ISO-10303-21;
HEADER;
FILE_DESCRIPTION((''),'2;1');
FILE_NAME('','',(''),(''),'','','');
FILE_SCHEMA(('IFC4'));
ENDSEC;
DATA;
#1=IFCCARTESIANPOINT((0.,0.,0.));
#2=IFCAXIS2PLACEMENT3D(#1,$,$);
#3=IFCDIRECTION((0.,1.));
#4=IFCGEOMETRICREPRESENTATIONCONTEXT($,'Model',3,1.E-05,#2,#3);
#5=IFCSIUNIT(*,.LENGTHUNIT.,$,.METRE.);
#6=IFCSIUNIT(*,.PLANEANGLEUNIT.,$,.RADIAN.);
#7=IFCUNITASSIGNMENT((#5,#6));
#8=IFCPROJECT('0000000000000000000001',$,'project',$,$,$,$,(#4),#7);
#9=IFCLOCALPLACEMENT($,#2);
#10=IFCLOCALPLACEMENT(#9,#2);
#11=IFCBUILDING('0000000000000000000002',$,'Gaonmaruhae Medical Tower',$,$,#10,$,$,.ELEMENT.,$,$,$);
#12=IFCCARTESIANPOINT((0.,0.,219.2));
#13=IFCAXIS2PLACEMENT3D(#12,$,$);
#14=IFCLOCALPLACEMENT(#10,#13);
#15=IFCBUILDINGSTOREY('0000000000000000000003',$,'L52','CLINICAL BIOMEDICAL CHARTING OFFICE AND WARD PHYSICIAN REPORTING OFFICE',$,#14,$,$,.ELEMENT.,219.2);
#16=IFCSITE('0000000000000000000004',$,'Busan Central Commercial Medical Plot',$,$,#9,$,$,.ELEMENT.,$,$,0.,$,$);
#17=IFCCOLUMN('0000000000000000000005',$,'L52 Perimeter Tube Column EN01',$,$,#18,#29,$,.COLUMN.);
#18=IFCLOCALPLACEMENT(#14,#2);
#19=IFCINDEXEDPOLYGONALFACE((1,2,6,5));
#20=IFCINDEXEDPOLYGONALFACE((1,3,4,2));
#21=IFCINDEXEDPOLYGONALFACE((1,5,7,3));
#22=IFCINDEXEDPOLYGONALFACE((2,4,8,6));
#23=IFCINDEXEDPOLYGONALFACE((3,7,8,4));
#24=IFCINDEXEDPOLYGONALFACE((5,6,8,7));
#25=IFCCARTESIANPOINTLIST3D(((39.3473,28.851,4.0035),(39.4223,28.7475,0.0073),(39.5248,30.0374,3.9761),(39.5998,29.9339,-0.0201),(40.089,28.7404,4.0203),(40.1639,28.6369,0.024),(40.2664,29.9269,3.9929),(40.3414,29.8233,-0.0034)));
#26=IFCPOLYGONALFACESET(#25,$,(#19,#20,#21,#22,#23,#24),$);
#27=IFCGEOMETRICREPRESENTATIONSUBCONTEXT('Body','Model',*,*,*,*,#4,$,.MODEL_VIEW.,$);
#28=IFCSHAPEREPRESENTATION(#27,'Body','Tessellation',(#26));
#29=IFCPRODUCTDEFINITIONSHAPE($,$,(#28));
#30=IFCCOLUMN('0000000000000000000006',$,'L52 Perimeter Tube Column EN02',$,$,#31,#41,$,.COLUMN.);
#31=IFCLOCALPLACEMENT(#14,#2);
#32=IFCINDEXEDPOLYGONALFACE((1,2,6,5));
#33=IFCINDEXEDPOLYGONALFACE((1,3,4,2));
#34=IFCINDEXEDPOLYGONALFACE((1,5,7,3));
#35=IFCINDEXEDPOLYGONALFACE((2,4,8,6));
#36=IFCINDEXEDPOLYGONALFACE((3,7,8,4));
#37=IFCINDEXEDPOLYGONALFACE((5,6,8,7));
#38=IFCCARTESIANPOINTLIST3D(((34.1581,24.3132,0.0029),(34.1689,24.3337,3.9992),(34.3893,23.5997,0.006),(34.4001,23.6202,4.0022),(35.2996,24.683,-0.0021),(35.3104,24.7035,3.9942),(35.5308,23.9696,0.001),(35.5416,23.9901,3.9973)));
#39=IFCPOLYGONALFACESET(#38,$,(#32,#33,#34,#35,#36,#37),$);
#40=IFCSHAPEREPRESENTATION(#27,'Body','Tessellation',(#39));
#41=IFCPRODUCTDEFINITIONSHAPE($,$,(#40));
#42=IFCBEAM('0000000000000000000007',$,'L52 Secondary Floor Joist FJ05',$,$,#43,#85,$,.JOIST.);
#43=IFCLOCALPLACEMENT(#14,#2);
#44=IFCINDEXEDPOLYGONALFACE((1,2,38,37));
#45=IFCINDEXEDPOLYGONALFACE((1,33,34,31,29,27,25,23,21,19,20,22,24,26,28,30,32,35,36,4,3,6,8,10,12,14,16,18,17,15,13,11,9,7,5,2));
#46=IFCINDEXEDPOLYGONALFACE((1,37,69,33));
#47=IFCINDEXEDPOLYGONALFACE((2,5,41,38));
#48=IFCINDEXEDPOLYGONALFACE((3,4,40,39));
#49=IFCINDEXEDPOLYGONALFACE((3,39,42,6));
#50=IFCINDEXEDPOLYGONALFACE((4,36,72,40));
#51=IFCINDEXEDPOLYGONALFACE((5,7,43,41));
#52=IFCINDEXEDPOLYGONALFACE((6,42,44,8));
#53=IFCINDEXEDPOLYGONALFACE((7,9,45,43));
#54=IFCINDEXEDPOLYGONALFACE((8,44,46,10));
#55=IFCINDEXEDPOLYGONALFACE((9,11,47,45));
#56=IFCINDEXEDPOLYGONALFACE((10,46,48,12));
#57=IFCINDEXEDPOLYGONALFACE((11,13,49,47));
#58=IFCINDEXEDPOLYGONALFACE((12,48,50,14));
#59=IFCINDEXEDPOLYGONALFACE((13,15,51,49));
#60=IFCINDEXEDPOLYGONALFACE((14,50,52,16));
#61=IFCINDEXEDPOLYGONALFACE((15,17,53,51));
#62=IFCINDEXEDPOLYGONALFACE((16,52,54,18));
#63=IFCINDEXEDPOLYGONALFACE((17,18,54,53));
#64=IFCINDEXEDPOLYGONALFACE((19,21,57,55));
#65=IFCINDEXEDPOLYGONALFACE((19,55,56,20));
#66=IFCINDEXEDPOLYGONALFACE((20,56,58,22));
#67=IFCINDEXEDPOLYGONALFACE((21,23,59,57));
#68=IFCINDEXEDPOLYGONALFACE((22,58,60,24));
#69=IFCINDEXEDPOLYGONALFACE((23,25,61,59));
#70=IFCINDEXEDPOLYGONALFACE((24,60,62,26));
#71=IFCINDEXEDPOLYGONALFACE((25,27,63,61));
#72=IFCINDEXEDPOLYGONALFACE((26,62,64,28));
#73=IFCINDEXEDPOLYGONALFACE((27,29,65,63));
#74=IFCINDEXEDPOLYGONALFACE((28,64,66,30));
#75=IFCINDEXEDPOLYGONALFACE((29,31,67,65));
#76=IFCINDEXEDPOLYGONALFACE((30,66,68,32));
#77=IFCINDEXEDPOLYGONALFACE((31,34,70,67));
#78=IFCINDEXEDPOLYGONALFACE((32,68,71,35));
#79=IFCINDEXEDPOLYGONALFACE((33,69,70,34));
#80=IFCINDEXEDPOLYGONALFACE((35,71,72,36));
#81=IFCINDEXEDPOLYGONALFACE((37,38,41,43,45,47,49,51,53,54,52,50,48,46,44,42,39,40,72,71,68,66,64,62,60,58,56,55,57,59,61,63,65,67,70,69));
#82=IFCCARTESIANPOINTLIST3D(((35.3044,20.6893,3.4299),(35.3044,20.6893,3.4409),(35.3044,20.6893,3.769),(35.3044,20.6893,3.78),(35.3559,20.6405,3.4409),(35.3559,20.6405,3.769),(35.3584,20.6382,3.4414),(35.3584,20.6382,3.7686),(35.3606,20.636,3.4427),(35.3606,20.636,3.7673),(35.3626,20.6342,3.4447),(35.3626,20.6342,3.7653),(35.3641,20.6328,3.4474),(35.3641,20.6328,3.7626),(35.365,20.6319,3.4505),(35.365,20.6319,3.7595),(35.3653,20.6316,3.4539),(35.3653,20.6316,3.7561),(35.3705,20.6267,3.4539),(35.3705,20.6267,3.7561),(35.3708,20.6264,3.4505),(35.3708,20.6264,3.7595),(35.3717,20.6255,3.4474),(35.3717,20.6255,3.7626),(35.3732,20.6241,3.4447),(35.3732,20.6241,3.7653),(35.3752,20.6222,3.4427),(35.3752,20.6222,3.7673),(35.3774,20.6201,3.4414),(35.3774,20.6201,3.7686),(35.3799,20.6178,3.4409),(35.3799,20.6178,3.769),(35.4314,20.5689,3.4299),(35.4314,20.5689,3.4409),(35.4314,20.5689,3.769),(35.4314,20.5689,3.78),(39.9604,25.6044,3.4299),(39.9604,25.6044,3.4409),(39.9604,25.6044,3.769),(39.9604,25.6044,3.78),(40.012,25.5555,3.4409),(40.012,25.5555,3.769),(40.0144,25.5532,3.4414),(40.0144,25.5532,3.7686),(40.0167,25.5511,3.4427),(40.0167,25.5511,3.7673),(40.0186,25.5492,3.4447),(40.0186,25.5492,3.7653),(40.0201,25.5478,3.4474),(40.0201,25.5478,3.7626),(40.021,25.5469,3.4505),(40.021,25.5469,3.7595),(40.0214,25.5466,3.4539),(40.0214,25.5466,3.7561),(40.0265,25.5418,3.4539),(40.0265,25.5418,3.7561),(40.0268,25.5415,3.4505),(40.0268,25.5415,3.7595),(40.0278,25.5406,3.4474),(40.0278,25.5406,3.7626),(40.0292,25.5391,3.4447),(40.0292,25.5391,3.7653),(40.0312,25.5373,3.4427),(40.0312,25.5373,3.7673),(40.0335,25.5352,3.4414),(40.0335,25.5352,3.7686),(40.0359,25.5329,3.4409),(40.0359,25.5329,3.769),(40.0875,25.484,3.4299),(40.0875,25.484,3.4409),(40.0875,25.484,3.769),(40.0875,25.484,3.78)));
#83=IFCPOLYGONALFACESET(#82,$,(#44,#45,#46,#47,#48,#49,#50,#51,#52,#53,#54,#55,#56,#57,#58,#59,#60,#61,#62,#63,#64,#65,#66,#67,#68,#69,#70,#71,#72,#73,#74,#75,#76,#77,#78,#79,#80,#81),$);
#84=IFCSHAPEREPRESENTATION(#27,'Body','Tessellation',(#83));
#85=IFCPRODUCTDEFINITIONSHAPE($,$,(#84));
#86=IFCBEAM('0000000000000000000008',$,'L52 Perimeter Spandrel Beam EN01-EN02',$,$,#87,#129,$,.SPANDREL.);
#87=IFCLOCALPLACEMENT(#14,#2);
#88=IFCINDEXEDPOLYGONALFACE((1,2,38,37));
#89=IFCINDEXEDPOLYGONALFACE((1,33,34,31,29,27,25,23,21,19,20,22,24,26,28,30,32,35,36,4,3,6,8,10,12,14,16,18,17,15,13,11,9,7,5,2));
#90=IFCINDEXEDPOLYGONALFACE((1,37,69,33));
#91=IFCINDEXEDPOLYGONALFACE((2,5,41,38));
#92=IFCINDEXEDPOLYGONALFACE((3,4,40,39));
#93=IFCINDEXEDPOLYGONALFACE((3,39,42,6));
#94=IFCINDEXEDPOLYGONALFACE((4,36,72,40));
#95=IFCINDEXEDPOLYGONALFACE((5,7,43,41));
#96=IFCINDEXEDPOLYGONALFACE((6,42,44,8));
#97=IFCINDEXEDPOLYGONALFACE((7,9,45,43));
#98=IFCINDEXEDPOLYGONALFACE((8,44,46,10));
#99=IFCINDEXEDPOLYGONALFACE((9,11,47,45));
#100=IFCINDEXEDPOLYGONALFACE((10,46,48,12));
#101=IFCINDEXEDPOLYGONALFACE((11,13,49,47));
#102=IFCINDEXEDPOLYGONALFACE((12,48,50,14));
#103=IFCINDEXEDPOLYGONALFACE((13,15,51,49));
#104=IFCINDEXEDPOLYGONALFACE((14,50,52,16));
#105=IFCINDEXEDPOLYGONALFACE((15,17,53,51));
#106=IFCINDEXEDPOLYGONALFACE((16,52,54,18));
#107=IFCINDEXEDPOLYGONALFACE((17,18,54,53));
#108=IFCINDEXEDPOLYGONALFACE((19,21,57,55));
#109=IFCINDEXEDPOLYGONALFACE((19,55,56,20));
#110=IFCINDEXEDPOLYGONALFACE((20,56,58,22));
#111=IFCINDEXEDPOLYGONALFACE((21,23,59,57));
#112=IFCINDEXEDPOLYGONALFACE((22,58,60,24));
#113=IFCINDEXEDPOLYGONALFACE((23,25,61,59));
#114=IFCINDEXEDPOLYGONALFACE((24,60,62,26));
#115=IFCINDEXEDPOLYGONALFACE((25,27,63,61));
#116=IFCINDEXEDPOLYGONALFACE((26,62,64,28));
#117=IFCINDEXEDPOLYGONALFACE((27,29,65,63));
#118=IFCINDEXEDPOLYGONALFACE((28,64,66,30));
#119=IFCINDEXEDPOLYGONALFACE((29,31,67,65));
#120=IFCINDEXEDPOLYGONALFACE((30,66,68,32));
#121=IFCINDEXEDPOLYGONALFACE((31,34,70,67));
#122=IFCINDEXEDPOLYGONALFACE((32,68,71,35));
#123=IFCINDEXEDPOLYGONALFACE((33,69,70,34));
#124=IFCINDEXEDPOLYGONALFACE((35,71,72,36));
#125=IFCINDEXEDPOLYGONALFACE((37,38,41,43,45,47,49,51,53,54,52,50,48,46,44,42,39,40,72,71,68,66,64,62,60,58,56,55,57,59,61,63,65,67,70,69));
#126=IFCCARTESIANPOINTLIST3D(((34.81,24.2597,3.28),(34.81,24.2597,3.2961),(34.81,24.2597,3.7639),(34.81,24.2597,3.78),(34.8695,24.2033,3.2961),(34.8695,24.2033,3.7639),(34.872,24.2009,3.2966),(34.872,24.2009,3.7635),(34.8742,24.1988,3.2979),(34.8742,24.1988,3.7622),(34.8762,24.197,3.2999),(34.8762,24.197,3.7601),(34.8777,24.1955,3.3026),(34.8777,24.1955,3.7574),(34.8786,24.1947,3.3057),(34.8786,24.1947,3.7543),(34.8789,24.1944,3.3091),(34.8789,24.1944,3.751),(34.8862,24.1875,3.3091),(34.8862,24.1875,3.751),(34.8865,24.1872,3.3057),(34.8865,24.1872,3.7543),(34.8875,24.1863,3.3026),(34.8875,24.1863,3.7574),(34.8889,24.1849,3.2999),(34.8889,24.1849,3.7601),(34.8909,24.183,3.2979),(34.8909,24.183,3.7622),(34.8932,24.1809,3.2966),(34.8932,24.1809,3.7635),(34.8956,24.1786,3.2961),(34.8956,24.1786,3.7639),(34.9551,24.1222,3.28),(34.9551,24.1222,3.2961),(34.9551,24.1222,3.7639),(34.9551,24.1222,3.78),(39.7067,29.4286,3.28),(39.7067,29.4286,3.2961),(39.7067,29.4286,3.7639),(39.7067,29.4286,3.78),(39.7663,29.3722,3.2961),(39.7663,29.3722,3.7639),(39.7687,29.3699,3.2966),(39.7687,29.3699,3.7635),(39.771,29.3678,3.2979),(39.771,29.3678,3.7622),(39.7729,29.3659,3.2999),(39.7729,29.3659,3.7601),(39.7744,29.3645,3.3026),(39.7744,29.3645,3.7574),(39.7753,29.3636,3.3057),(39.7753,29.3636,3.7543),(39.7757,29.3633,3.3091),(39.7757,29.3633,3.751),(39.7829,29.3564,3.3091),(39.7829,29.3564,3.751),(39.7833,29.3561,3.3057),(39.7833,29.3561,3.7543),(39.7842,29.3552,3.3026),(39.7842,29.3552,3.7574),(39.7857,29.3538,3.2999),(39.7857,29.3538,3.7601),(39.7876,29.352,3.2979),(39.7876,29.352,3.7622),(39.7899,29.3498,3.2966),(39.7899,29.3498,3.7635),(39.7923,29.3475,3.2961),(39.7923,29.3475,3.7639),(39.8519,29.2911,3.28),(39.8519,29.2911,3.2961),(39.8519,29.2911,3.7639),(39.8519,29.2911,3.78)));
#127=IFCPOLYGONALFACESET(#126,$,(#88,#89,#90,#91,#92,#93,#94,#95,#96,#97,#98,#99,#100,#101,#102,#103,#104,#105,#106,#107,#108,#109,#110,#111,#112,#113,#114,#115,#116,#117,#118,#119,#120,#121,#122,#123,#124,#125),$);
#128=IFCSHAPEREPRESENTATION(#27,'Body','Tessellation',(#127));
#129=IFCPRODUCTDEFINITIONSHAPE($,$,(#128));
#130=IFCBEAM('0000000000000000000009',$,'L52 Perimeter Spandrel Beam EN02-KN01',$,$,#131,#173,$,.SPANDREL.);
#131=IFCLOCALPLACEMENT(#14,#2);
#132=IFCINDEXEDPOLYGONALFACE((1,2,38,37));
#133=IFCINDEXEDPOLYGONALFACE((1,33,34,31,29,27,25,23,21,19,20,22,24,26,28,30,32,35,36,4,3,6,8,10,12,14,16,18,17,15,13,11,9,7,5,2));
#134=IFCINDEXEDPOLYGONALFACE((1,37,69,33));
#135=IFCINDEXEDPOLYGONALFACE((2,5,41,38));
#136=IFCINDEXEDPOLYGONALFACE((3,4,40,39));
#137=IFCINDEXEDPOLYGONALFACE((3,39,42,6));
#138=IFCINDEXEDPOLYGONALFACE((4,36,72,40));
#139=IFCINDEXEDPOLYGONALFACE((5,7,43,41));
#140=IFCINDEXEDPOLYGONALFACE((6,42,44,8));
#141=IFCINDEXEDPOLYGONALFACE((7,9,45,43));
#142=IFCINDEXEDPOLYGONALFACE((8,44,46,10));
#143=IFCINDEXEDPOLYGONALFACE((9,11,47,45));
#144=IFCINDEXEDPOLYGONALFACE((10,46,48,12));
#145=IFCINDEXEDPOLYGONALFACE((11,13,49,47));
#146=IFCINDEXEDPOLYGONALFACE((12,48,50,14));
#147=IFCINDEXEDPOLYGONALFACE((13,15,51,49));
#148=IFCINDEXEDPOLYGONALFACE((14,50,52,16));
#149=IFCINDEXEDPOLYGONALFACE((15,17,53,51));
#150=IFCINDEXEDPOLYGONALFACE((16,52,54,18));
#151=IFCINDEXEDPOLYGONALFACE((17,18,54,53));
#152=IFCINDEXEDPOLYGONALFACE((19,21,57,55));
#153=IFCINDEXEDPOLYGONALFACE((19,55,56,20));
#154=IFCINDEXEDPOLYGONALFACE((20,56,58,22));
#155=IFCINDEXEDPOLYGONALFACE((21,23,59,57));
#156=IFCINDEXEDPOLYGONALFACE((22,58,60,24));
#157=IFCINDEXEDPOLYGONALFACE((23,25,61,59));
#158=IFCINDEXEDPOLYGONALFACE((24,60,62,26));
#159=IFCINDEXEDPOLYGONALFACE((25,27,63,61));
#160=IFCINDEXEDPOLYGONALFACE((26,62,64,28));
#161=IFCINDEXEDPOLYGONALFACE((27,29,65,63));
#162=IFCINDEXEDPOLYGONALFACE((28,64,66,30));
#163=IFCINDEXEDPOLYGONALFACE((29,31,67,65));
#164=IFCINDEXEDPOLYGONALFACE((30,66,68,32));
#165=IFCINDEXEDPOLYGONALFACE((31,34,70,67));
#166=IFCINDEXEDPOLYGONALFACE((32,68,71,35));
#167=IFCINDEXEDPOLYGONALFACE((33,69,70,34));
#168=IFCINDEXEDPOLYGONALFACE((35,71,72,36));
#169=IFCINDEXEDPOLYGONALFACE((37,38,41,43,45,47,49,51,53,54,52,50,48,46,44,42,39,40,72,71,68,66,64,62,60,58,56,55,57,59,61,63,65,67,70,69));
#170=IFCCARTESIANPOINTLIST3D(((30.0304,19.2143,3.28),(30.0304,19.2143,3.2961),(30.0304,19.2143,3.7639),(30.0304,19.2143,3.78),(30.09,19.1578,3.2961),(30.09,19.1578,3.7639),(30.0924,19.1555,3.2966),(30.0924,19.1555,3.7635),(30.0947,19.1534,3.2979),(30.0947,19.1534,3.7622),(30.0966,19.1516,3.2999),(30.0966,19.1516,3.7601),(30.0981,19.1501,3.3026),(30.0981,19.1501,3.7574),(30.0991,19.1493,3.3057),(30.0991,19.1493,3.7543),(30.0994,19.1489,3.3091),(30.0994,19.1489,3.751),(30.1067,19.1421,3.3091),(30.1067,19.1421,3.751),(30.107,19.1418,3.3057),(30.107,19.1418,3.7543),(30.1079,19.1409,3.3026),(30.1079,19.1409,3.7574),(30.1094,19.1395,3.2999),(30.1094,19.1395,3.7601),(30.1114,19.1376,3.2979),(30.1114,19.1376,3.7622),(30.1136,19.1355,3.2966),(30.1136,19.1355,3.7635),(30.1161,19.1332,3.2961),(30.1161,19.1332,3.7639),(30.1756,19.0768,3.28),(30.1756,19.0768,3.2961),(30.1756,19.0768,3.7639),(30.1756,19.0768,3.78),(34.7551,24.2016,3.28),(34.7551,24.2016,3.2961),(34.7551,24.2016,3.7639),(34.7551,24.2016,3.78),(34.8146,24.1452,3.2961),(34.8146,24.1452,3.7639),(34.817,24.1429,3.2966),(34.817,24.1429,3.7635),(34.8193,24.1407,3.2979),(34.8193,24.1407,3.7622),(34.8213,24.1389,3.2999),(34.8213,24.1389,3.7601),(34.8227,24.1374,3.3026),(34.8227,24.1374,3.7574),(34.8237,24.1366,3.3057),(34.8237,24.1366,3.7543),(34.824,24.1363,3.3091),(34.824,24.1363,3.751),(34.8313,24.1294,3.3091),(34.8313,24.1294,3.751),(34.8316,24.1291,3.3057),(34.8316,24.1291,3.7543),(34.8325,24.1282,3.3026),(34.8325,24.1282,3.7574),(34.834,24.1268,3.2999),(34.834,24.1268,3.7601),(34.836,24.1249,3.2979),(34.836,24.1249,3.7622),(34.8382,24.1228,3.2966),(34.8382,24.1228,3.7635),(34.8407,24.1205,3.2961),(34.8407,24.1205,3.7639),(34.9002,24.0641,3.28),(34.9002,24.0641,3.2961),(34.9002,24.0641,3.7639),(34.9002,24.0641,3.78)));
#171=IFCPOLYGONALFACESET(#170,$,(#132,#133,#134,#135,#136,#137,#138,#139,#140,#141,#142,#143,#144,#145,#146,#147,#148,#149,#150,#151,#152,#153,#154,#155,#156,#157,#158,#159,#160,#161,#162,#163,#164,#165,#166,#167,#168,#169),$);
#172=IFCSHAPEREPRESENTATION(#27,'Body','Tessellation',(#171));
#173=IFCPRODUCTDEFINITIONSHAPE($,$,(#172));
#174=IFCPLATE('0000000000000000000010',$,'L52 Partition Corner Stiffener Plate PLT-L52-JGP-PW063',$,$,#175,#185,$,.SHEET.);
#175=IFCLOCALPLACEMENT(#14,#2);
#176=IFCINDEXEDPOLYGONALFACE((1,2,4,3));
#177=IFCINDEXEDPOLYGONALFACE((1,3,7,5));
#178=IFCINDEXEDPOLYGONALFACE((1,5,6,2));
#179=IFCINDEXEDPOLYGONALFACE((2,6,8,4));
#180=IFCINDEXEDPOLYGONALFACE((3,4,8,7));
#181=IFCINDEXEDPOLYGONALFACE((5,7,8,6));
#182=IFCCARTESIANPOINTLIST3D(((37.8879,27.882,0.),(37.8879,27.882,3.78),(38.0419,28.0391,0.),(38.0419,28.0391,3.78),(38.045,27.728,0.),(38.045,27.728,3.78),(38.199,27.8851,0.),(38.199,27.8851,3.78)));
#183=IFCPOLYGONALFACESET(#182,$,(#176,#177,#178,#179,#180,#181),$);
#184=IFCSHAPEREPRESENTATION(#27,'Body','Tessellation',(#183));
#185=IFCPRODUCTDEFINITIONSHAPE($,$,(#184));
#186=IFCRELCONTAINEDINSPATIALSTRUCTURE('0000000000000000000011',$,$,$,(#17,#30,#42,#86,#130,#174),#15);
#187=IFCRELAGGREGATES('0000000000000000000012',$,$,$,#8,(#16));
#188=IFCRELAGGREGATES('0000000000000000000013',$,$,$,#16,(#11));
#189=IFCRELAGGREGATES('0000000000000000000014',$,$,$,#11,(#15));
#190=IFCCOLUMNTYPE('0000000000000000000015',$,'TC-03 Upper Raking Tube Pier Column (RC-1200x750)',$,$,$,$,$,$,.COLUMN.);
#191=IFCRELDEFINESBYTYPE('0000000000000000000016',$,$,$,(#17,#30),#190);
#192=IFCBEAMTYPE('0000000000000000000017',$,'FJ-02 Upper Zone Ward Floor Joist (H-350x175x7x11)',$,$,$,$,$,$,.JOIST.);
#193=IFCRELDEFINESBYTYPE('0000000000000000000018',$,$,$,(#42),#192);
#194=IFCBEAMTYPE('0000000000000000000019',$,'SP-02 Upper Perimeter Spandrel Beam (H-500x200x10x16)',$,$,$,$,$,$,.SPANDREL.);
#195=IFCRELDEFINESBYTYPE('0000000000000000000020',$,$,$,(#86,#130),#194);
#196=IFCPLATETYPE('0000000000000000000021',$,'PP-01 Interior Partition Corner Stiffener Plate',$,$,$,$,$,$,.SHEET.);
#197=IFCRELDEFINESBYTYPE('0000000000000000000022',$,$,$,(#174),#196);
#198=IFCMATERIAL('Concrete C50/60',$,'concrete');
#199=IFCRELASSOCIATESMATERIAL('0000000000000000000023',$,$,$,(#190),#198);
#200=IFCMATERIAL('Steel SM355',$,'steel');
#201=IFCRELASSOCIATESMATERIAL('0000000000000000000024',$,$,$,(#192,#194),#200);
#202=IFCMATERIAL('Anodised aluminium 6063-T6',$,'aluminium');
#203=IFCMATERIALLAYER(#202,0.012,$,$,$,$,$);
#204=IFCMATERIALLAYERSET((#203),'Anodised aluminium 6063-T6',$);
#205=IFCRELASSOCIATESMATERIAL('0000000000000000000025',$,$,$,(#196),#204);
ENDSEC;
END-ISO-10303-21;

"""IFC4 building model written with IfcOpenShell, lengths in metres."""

from ifc_helpers import new_model, si_unit, direction, frame, origin, origin_2d, place, context, subcontext, project, spatial, rectangle, i_section, extrude, material, layer, layer_set, material_profile, profile_set, type_object, element, save


model = new_model("IFC4")

# Units and contexts
model_context = context("Model", 3, precision=1e-05, world=origin(), true_north=direction((0.0, 1.0)))
body_context = subcontext(model_context, "Body", "Model", "MODEL_VIEW")
ifc_project = project(units=[si_unit("LENGTHUNIT", "METRE"), si_unit("PLANEANGLEUNIT", "RADIAN")], contexts=[model_context])

# Site, building, storey
site_placement = place(None, origin())
site = spatial("IfcSite", under=ifc_project, at=site_placement, Name="Busan Central Commercial Medical Plot", CompositionType="ELEMENT", RefElevation=0.0)
building_placement = place(site_placement, origin())
building = spatial("IfcBuilding", under=site, at=building_placement, Name="Gaonmaruhae Medical Tower", CompositionType="ELEMENT")
storey_placement = place(building_placement, frame((0.0, 0.0, 219.2)))
storey = spatial("IfcBuildingStorey", under=building, at=storey_placement, Name="L52", Description="CLINICAL BIOMEDICAL CHARTING OFFICE AND WARD PHYSICIAN REPORTING OFFICE", CompositionType="ELEMENT", Elevation=219.2)

# Columns
ifc_material_1 = material(Name="Concrete C50/60", Category="concrete")
ifc_material_profile_1 = material_profile(ifc_material_1, rectangle(XDim=1.2, YDim=0.75, at=origin_2d()), Name="RC-1200x750")
ifc_profile_set_1 = profile_set([ifc_material_profile_1], Name="Concrete C50/60")
column_type = type_object("IfcColumnType", Name="TC-03 Upper Raking Tube Pier Column (RC-1200x750)", PredefinedType="COLUMN", material=ifc_profile_set_1)
column_1_placement = place(storey_placement, frame((39.8818, 29.2854, 0.002), z_axis=(-0.018745, 0.025889, 0.999489), x_axis=(-0.147908, -0.988737, 0.022837)))
element("IfcColumn", 1, at=column_1_placement, inside=storey, type_object=column_type, Name="L52 Perimeter Tube Column EN01", PredefinedType="COLUMN", context=body_context, shape_type="SweptSolid", body=[
    extrude(rectangle(XDim=1.2, YDim=0.75, at=origin_2d()), origin(), (0.0, 0.0, 1.0), 3.9983),
])
column_2_placement = place(storey_placement, frame((34.8445, 24.1414, 0.002), z_axis=(0.002688, 0.005132, 0.999983), x_axis=(-0.951299, -0.308243, 0.004139)))
element("IfcColumn", 2, at=column_2_placement, inside=storey, type_object=column_type, Name="L52 Perimeter Tube Column EN02", PredefinedType="COLUMN", context=body_context, shape_type="SweptSolid", body=[
    extrude(rectangle(XDim=1.2, YDim=0.75, at=origin_2d()), origin(), (0.0, 0.0, 1.0), 3.9963),
])

# Beams
ifc_material_2 = material(Name="Steel SM355", Category="steel")
ifc_material_profile_2 = material_profile(ifc_material_2, i_section(OverallWidth=0.175, OverallDepth=0.3501, WebThickness=0.0071, FlangeThickness=0.011, FilletRadius=0.0129, at=origin_2d()), Name="H-350x175x7x11")
ifc_profile_set_2 = profile_set([ifc_material_profile_2], Name="Steel SM355")
beam_type_1 = type_object("IfcBeamType", Name="FJ-02 Upper Zone Ward Floor Joist (H-350x175x7x11)", PredefinedType="JOIST", material=ifc_profile_set_2)
beam_1_placement = place(storey_placement, frame((40.0239, 25.5442, 3.605), z_axis=(-0.687718, -0.725978, 0.0), x_axis=(0.725978, -0.687718, 0.0)))
element("IfcBeam", 3, at=beam_1_placement, inside=storey, type_object=beam_type_1, Name="L52 Secondary Floor Joist FJ05", PredefinedType="JOIST", context=body_context, shape_type="SweptSolid", body=[
    extrude(i_section(OverallWidth=0.175, OverallDepth=0.3501, WebThickness=0.0071, FlangeThickness=0.011, FilletRadius=0.0129, at=origin_2d()), origin(), (0.0, 0.0, 1.0), 6.7703),
])
ifc_material_profile_3 = material_profile(ifc_material_2, i_section(OverallWidth=0.2, OverallDepth=0.5, WebThickness=0.01, FlangeThickness=0.0161, FilletRadius=0.0129, at=origin_2d()), Name="H-500x200x10x16")
ifc_profile_set_3 = profile_set([ifc_material_profile_3], Name="Steel SM355")
beam_type_2 = type_object("IfcBeamType", Name="SP-02 Upper Perimeter Spandrel Beam (H-500x200x10x16)", PredefinedType="SPANDREL", material=ifc_profile_set_3)
beam_2_placement = place(storey_placement, frame((39.7793, 29.3599, 3.53), z_axis=(-0.687732, -0.725964, 0.0), x_axis=(0.725964, -0.687732, 0.0)))
element("IfcBeam", 4, at=beam_2_placement, inside=storey, type_object=beam_type_2, Name="L52 Perimeter Spandrel Beam EN01-EN02", PredefinedType="SPANDREL", context=body_context, shape_type="SweptSolid", body=[
    extrude(i_section(OverallWidth=0.2, OverallDepth=0.5, WebThickness=0.01, FlangeThickness=0.0161, FilletRadius=0.0129, at=origin_2d()), origin(), (0.0, 0.0, 1.0), 7.1201),
])
beam_3_placement = place(storey_placement, frame((34.8276, 24.1328, 3.53), z_axis=(-0.687729, -0.725968, 0.0), x_axis=(0.725968, -0.687729, 0.0)))
element("IfcBeam", 5, at=beam_3_placement, inside=storey, type_object=beam_type_2, Name="L52 Perimeter Spandrel Beam EN02-KN01", PredefinedType="SPANDREL", context=body_context, shape_type="SweptSolid", body=[
    extrude(i_section(OverallWidth=0.2, OverallDepth=0.5, WebThickness=0.01, FlangeThickness=0.0161, FilletRadius=0.0129, at=origin_2d()), origin(), (0.0, 0.0, 1.0), 6.8699),
])

# Plate
ifc_material_3 = material(Name="Anodised aluminium 6063-T6", Category="aluminium")
ifc_layer_1 = layer(ifc_material_3, 0.012)
ifc_layer_set_1 = layer_set([ifc_layer_1], Name="Anodised aluminium 6063-T6")
plate_type = type_object("IfcPlateType", Name="PP-01 Interior Partition Corner Stiffener Plate", PredefinedType="SHEET", material=ifc_layer_set_1)
for number, where, z_axis, x_axis, name in (
    (6, (38.0435, 27.8835, 0.0), (0.0, 0.0, 1.0), (0.71396, -0.700187, 0.0), "L52 Partition Corner Stiffener Plate PLT-L52-JGP-PW063"),
):
    element("IfcPlate", number, at=place(storey_placement, frame(where, z_axis=z_axis, x_axis=x_axis)), inside=storey, type_object=plate_type, Name=name, PredefinedType="SHEET", context=body_context, shape_type="SweptSolid", body=[
        extrude(rectangle(XDim=0.22, YDim=0.22, at=origin_2d()), origin(), (0.0, 0.0, 1.0), 3.78),
    ])

save(model, "model.ifc")
